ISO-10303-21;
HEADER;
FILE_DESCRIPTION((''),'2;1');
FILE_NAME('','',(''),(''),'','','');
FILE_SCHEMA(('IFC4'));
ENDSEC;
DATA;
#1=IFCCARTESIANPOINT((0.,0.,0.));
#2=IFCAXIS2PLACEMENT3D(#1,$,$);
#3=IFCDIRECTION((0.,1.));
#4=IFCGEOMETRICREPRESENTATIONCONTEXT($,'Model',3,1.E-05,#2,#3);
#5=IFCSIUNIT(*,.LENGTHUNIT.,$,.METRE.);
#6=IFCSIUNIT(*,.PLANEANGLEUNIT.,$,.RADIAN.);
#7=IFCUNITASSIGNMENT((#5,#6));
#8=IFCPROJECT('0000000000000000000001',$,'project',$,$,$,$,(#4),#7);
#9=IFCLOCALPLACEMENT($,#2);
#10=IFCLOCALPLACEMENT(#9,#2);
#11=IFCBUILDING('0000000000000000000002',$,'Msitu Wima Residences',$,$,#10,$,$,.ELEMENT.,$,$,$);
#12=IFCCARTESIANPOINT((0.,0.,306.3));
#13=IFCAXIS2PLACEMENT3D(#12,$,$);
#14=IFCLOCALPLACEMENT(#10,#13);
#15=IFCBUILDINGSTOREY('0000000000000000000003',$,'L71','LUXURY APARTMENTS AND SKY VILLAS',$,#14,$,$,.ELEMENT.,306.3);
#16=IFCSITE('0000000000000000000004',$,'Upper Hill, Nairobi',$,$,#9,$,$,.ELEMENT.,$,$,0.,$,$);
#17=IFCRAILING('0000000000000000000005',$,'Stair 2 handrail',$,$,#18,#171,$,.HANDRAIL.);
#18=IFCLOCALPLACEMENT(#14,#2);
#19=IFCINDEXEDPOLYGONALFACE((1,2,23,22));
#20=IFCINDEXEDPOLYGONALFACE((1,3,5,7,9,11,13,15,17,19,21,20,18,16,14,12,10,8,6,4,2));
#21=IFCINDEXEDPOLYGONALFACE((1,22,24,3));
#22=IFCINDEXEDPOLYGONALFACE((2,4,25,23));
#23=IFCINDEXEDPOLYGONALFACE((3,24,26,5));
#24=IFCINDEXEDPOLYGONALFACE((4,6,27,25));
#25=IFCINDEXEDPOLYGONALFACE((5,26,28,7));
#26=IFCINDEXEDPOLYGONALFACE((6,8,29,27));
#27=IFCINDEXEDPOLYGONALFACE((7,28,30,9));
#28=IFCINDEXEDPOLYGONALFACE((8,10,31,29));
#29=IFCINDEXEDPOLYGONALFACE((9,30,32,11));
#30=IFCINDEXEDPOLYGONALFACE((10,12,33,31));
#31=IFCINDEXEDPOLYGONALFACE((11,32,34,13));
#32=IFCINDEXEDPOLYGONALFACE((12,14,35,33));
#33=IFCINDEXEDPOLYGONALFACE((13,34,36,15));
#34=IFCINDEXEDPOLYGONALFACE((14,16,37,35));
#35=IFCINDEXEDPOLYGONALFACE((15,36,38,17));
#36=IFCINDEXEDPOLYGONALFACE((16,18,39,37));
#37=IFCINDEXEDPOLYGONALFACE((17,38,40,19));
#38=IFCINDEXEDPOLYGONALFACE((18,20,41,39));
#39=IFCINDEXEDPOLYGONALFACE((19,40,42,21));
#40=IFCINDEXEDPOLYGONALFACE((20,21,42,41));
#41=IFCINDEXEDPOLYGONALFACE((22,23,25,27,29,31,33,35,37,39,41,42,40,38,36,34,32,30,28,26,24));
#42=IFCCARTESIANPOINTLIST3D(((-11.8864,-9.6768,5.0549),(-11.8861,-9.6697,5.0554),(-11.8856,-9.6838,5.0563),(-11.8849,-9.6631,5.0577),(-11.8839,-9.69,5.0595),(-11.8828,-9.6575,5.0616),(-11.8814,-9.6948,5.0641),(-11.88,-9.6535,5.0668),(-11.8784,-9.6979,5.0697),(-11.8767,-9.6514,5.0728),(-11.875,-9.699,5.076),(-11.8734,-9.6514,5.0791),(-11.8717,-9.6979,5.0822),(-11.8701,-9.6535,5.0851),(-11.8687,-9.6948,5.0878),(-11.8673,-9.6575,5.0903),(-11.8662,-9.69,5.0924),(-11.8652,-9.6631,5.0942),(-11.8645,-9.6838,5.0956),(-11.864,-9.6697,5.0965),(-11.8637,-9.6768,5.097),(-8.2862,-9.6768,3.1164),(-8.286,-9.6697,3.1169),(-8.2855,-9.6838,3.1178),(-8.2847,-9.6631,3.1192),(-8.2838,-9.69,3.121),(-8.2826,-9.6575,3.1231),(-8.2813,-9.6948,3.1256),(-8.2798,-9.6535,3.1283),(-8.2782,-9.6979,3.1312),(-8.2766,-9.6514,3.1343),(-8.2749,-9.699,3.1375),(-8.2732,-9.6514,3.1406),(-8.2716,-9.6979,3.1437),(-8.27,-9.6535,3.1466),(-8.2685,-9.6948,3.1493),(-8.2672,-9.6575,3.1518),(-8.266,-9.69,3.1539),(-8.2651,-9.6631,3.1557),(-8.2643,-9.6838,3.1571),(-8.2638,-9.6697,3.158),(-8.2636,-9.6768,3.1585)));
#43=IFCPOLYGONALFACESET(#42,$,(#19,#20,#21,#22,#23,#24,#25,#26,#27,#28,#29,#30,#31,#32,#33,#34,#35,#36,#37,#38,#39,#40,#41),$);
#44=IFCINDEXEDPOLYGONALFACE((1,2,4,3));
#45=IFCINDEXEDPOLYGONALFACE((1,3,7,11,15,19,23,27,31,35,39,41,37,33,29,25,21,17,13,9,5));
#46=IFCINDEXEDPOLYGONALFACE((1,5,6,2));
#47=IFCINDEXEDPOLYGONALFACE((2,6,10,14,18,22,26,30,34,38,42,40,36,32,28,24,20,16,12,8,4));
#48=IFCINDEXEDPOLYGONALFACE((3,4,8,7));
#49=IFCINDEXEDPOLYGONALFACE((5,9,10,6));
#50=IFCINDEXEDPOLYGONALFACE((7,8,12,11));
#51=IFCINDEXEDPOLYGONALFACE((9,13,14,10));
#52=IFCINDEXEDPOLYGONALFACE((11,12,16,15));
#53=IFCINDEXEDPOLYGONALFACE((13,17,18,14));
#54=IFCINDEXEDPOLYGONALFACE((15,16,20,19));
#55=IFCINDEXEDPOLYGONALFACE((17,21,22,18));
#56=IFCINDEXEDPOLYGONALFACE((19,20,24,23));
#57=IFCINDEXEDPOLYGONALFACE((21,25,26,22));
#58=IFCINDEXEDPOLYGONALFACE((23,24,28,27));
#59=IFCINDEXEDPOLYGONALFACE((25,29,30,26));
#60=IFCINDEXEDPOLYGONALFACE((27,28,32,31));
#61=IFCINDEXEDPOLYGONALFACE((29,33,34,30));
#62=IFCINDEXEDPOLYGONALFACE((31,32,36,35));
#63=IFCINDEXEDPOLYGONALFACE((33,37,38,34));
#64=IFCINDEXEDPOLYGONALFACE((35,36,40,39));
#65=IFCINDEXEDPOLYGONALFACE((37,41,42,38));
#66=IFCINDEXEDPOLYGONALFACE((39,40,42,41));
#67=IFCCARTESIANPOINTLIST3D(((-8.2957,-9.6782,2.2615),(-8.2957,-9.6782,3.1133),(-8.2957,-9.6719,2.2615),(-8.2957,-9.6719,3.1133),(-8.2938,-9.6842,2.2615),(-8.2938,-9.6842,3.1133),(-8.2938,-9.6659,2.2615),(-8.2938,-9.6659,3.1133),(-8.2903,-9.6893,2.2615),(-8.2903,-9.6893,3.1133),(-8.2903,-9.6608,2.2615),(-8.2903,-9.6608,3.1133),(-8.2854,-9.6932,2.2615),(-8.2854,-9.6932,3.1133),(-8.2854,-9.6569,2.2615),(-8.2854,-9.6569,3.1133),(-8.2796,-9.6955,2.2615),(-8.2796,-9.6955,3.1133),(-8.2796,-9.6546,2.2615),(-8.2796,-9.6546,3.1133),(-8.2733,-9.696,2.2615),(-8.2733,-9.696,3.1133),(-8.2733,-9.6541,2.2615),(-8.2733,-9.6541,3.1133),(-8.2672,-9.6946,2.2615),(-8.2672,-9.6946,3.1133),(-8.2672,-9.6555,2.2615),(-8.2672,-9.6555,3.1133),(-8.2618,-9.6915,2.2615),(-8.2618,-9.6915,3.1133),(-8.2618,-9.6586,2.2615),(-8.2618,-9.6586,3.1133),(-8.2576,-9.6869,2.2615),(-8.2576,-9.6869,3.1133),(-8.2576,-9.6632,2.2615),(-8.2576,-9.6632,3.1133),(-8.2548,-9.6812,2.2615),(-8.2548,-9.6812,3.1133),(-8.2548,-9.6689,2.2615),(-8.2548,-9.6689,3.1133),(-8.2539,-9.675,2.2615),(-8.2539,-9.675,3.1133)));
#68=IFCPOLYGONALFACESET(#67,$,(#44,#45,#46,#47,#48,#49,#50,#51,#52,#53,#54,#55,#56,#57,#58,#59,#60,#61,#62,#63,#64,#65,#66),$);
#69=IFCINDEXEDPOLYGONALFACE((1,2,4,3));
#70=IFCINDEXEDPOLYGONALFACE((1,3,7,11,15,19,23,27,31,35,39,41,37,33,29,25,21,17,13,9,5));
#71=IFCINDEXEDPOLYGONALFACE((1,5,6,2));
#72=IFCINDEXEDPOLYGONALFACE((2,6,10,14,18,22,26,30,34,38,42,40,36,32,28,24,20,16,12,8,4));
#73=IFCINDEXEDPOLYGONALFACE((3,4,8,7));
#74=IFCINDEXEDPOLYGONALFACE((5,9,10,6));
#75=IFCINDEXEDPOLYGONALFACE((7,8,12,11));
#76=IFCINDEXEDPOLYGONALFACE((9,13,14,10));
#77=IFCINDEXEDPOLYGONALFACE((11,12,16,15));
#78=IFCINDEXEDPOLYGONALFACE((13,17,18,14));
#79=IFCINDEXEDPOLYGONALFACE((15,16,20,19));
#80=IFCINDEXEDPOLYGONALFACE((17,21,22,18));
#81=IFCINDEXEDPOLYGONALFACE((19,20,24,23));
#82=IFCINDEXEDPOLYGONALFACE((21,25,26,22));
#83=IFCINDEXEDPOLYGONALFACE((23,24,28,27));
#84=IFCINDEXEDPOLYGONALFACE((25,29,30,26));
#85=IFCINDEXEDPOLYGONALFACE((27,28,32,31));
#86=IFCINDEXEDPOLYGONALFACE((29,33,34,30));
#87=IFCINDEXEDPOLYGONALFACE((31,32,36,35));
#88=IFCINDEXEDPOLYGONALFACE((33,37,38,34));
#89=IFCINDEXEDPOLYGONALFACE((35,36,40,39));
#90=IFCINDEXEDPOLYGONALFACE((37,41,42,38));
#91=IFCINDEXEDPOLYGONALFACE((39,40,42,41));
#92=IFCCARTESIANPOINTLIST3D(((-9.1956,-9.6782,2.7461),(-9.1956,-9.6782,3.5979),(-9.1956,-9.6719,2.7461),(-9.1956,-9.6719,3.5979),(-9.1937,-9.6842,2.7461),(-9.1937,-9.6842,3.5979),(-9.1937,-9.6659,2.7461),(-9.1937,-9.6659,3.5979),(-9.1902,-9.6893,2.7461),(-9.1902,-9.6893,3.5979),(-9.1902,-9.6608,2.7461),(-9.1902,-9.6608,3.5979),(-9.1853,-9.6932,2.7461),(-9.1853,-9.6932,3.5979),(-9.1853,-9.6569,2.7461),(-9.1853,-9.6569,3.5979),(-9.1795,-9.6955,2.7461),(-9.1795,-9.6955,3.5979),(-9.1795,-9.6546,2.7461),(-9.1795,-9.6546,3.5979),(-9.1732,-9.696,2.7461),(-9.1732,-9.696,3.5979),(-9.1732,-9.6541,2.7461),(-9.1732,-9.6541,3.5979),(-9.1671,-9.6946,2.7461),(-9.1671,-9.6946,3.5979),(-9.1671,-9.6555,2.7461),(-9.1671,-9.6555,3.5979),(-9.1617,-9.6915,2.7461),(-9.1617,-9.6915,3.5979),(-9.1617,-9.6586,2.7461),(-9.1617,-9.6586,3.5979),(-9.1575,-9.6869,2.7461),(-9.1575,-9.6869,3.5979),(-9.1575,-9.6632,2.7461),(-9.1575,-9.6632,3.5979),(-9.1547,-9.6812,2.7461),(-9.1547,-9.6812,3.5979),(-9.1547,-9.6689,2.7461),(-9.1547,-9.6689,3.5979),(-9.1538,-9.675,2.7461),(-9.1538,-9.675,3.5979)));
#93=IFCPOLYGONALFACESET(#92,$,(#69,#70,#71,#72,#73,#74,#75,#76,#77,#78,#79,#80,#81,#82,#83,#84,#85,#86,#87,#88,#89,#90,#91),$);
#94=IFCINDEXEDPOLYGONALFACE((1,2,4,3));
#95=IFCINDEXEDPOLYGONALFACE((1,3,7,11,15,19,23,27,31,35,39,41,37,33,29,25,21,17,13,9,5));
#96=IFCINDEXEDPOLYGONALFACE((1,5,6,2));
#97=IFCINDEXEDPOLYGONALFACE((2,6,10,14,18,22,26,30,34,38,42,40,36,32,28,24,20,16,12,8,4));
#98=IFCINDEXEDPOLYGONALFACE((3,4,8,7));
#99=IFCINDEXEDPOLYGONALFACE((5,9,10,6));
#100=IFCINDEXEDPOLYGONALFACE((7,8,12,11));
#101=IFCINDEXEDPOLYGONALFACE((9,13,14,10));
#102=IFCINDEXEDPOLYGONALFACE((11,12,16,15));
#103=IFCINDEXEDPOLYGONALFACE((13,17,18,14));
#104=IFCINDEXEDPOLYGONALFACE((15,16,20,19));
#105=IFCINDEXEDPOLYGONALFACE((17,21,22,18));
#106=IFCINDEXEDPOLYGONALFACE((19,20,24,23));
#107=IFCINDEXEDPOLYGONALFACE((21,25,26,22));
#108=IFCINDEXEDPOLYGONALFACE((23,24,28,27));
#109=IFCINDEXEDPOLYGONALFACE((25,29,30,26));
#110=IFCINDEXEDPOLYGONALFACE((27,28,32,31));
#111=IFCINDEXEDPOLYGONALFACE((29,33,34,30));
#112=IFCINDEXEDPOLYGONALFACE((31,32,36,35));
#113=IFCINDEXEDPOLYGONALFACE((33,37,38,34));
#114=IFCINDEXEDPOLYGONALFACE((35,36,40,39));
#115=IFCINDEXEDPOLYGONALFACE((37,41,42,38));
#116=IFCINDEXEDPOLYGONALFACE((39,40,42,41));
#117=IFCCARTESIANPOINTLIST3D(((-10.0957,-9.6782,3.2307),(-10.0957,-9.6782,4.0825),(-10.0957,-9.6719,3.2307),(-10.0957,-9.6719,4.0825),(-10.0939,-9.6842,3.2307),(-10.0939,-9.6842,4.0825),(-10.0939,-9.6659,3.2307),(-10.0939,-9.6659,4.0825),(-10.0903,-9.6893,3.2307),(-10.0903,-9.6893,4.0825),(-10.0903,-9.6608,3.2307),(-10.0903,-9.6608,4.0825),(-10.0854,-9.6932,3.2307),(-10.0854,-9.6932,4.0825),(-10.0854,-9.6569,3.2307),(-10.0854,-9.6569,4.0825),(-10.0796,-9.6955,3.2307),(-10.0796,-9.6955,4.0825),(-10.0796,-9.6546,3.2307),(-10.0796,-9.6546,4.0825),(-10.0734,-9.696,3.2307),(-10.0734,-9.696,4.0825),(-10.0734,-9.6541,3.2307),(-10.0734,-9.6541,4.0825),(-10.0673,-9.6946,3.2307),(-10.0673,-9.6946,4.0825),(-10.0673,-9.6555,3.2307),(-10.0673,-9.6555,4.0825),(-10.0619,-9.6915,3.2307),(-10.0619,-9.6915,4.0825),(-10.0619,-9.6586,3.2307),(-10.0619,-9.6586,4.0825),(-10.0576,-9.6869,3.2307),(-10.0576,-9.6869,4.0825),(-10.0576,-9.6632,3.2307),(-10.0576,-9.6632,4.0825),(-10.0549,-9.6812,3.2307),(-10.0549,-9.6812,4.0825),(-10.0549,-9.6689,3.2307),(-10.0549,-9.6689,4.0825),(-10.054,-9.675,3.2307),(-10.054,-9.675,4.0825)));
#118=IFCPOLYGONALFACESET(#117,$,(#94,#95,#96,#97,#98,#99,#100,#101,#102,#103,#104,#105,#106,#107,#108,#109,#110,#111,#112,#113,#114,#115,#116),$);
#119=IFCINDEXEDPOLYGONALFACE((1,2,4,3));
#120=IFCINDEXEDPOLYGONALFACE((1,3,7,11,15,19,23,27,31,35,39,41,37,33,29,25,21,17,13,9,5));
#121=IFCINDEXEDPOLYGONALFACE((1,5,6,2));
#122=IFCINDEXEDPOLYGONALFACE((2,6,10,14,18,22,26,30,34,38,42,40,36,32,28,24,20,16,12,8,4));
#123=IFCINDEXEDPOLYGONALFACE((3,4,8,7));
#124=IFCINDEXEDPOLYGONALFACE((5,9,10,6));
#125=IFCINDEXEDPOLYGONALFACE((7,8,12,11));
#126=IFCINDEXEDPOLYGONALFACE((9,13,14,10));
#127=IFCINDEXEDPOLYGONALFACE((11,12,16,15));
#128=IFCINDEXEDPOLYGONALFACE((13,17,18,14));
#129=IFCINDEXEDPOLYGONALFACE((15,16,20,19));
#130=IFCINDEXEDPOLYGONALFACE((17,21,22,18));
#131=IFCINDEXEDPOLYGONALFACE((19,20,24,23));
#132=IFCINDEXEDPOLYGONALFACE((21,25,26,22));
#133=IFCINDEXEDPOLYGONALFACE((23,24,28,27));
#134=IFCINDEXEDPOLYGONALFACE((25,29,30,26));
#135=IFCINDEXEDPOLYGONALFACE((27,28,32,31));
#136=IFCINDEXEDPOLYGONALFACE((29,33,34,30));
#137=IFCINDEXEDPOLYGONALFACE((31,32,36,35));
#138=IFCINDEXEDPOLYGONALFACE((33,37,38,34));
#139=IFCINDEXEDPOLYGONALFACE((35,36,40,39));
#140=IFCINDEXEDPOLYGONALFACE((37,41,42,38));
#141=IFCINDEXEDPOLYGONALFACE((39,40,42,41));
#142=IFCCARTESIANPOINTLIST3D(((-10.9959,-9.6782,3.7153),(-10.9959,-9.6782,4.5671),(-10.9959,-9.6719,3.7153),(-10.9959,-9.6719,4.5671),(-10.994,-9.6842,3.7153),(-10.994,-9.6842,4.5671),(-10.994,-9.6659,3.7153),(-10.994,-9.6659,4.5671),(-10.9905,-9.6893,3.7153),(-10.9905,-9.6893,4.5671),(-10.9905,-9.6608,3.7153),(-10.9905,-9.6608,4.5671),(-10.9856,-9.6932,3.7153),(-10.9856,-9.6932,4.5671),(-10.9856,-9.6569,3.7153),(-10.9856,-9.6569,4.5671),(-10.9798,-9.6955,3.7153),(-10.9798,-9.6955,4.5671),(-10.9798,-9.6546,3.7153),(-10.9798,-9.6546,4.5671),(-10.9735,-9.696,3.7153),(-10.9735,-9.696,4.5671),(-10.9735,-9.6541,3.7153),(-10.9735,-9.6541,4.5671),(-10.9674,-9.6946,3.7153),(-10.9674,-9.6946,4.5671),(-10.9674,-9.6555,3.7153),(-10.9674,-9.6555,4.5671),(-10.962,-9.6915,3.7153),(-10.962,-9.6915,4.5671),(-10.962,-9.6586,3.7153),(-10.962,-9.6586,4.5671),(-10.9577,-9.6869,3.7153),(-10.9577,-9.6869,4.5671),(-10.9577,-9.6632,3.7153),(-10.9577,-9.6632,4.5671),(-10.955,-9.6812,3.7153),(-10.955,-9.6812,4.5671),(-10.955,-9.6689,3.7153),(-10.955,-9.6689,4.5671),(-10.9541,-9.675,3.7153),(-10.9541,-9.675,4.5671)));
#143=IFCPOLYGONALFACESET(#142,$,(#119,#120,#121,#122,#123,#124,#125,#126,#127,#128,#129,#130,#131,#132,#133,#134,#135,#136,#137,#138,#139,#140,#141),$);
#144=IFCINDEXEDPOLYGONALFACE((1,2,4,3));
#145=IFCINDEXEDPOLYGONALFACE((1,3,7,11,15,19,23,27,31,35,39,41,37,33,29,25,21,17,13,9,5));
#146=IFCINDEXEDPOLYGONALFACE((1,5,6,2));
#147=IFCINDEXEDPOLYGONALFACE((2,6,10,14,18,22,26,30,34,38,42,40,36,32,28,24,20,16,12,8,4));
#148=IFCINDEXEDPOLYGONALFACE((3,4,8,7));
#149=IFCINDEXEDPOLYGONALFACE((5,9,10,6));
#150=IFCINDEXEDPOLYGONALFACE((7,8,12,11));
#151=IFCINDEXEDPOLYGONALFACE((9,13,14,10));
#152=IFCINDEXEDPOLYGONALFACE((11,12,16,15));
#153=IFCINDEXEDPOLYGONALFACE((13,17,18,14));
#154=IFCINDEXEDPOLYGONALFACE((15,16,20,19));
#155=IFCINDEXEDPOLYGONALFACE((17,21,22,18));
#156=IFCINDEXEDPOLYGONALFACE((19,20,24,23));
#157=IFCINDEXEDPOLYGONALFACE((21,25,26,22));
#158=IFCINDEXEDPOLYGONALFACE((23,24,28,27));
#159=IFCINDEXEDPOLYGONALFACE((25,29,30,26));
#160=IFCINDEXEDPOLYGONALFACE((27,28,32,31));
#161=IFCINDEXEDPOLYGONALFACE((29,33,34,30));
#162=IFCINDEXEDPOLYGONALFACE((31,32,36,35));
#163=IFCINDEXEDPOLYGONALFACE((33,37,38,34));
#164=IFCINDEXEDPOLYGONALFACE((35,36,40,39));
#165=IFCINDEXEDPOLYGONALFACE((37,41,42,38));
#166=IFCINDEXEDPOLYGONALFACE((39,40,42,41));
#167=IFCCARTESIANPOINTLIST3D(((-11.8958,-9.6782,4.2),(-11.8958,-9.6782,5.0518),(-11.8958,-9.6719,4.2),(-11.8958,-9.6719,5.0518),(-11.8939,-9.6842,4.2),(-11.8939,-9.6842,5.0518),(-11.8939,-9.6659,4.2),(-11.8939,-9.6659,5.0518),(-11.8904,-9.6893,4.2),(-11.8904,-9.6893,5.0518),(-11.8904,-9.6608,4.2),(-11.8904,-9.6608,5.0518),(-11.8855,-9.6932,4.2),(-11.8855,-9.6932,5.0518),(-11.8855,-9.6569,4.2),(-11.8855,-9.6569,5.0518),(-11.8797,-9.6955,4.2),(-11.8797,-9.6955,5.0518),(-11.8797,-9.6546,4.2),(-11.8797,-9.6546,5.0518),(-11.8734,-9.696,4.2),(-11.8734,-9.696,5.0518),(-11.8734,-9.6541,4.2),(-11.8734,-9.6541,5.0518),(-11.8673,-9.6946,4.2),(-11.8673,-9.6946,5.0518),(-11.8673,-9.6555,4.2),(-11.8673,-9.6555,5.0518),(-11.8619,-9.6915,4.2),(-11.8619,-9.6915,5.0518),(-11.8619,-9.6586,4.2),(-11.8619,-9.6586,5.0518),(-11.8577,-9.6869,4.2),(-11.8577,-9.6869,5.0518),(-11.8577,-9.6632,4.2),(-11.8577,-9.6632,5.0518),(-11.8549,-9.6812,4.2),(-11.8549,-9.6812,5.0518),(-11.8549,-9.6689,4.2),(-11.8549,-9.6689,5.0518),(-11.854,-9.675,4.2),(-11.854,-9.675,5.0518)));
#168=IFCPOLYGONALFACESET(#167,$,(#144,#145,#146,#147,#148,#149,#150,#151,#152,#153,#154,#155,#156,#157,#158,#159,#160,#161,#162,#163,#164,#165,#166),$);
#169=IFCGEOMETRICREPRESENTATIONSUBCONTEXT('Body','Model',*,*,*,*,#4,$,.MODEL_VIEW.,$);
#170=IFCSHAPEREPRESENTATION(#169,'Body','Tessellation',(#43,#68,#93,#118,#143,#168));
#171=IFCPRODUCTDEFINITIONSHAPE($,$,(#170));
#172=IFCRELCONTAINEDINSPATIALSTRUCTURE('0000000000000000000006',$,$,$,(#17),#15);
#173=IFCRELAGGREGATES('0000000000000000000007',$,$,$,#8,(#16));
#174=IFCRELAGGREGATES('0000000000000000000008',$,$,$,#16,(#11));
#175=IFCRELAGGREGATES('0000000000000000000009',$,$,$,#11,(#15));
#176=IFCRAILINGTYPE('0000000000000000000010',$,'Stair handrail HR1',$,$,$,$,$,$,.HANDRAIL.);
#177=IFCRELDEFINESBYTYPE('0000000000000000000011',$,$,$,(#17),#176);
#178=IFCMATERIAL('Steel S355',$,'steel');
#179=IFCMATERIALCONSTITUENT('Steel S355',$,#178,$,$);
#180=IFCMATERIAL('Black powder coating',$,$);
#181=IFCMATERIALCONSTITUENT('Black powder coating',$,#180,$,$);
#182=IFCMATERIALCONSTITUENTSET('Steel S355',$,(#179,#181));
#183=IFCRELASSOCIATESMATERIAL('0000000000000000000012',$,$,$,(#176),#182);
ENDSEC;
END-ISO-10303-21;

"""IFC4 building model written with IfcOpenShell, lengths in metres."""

from ifc_helpers import new_model, si_unit, direction, frame, origin, origin_2d, place, context, subcontext, project, spatial, circle, extrude, material, constituent, constituent_set, type_object, element, save


model = new_model("IFC4")

# Units and contexts
model_context = context("Model", 3, precision=1e-05, world=origin(), true_north=direction((0.0, 1.0)))
body_context = subcontext(model_context, "Body", "Model", "MODEL_VIEW")
ifc_project = project(units=[si_unit("LENGTHUNIT", "METRE"), si_unit("PLANEANGLEUNIT", "RADIAN")], contexts=[model_context])

# Site, building, storey
site_placement = place(None, origin())
site = spatial("IfcSite", under=ifc_project, at=site_placement, Name="Upper Hill, Nairobi", CompositionType="ELEMENT", RefElevation=0.0)
building_placement = place(site_placement, origin())
building = spatial("IfcBuilding", under=site, at=building_placement, Name="Msitu Wima Residences", CompositionType="ELEMENT")
storey_placement = place(building_placement, frame((0.0, 0.0, 306.3)))
storey = spatial("IfcBuildingStorey", under=building, at=storey_placement, Name="L71", Description="LUXURY APARTMENTS AND SKY VILLAS", CompositionType="ELEMENT", Elevation=306.3)

# Railing
ifc_material_1 = material(Name="Steel S355", Category="steel")
ifc_constituent_1 = constituent(ifc_material_1, Name="Steel S355")
ifc_material_2 = material(Name="Black powder coating")
ifc_constituent_2 = constituent(ifc_material_2, Name="Black powder coating")
ifc_constituent_set = constituent_set(constituents=[ifc_constituent_1, ifc_constituent_2], Name="Steel S355")
railing_type = type_object("IfcRailingType", Name="Stair handrail HR1", PredefinedType="HANDRAIL", material=ifc_constituent_set)
for number, where, name in (
    (1, (-8.2749, -9.675, 2.2615), "Stair 2 handrail"),
):
    element("IfcRailing", number, at=place(storey_placement, frame(where)), inside=storey, type_object=railing_type, Name=name, PredefinedType="HANDRAIL", context=body_context, shape_type="SweptSolid", body=[
        extrude(circle(Radius=0.0239, at=origin_2d()), frame((0.0, 0.0, 0.876), z_axis=(-0.880475, 0.0, 0.474093), x_axis=(0.0, -1.0, 0.0)), (0.0, 0.0, 1.0), 4.0889),
        extrude(circle(Radius=0.021, at=origin_2d()), origin(), (0.0, 0.0, 1.0), 0.8518),
        extrude(circle(Radius=0.021, at=origin_2d()), frame((-0.8999, 0.0, 0.4846)), (0.0, 0.0, 1.0), 0.8518),
        extrude(circle(Radius=0.021, at=origin_2d()), frame((-1.8, 0.0, 0.9692)), (0.0, 0.0, 1.0), 0.8518),
        extrude(circle(Radius=0.021, at=origin_2d()), frame((-2.7002, 0.0, 1.4539)), (0.0, 0.0, 1.0), 0.8518),
        extrude(circle(Radius=0.021, at=origin_2d()), frame((-3.6001, 0.0, 1.9385)), (0.0, 0.0, 1.0), 0.8518),
    ])

save(model, "model.ifc")
